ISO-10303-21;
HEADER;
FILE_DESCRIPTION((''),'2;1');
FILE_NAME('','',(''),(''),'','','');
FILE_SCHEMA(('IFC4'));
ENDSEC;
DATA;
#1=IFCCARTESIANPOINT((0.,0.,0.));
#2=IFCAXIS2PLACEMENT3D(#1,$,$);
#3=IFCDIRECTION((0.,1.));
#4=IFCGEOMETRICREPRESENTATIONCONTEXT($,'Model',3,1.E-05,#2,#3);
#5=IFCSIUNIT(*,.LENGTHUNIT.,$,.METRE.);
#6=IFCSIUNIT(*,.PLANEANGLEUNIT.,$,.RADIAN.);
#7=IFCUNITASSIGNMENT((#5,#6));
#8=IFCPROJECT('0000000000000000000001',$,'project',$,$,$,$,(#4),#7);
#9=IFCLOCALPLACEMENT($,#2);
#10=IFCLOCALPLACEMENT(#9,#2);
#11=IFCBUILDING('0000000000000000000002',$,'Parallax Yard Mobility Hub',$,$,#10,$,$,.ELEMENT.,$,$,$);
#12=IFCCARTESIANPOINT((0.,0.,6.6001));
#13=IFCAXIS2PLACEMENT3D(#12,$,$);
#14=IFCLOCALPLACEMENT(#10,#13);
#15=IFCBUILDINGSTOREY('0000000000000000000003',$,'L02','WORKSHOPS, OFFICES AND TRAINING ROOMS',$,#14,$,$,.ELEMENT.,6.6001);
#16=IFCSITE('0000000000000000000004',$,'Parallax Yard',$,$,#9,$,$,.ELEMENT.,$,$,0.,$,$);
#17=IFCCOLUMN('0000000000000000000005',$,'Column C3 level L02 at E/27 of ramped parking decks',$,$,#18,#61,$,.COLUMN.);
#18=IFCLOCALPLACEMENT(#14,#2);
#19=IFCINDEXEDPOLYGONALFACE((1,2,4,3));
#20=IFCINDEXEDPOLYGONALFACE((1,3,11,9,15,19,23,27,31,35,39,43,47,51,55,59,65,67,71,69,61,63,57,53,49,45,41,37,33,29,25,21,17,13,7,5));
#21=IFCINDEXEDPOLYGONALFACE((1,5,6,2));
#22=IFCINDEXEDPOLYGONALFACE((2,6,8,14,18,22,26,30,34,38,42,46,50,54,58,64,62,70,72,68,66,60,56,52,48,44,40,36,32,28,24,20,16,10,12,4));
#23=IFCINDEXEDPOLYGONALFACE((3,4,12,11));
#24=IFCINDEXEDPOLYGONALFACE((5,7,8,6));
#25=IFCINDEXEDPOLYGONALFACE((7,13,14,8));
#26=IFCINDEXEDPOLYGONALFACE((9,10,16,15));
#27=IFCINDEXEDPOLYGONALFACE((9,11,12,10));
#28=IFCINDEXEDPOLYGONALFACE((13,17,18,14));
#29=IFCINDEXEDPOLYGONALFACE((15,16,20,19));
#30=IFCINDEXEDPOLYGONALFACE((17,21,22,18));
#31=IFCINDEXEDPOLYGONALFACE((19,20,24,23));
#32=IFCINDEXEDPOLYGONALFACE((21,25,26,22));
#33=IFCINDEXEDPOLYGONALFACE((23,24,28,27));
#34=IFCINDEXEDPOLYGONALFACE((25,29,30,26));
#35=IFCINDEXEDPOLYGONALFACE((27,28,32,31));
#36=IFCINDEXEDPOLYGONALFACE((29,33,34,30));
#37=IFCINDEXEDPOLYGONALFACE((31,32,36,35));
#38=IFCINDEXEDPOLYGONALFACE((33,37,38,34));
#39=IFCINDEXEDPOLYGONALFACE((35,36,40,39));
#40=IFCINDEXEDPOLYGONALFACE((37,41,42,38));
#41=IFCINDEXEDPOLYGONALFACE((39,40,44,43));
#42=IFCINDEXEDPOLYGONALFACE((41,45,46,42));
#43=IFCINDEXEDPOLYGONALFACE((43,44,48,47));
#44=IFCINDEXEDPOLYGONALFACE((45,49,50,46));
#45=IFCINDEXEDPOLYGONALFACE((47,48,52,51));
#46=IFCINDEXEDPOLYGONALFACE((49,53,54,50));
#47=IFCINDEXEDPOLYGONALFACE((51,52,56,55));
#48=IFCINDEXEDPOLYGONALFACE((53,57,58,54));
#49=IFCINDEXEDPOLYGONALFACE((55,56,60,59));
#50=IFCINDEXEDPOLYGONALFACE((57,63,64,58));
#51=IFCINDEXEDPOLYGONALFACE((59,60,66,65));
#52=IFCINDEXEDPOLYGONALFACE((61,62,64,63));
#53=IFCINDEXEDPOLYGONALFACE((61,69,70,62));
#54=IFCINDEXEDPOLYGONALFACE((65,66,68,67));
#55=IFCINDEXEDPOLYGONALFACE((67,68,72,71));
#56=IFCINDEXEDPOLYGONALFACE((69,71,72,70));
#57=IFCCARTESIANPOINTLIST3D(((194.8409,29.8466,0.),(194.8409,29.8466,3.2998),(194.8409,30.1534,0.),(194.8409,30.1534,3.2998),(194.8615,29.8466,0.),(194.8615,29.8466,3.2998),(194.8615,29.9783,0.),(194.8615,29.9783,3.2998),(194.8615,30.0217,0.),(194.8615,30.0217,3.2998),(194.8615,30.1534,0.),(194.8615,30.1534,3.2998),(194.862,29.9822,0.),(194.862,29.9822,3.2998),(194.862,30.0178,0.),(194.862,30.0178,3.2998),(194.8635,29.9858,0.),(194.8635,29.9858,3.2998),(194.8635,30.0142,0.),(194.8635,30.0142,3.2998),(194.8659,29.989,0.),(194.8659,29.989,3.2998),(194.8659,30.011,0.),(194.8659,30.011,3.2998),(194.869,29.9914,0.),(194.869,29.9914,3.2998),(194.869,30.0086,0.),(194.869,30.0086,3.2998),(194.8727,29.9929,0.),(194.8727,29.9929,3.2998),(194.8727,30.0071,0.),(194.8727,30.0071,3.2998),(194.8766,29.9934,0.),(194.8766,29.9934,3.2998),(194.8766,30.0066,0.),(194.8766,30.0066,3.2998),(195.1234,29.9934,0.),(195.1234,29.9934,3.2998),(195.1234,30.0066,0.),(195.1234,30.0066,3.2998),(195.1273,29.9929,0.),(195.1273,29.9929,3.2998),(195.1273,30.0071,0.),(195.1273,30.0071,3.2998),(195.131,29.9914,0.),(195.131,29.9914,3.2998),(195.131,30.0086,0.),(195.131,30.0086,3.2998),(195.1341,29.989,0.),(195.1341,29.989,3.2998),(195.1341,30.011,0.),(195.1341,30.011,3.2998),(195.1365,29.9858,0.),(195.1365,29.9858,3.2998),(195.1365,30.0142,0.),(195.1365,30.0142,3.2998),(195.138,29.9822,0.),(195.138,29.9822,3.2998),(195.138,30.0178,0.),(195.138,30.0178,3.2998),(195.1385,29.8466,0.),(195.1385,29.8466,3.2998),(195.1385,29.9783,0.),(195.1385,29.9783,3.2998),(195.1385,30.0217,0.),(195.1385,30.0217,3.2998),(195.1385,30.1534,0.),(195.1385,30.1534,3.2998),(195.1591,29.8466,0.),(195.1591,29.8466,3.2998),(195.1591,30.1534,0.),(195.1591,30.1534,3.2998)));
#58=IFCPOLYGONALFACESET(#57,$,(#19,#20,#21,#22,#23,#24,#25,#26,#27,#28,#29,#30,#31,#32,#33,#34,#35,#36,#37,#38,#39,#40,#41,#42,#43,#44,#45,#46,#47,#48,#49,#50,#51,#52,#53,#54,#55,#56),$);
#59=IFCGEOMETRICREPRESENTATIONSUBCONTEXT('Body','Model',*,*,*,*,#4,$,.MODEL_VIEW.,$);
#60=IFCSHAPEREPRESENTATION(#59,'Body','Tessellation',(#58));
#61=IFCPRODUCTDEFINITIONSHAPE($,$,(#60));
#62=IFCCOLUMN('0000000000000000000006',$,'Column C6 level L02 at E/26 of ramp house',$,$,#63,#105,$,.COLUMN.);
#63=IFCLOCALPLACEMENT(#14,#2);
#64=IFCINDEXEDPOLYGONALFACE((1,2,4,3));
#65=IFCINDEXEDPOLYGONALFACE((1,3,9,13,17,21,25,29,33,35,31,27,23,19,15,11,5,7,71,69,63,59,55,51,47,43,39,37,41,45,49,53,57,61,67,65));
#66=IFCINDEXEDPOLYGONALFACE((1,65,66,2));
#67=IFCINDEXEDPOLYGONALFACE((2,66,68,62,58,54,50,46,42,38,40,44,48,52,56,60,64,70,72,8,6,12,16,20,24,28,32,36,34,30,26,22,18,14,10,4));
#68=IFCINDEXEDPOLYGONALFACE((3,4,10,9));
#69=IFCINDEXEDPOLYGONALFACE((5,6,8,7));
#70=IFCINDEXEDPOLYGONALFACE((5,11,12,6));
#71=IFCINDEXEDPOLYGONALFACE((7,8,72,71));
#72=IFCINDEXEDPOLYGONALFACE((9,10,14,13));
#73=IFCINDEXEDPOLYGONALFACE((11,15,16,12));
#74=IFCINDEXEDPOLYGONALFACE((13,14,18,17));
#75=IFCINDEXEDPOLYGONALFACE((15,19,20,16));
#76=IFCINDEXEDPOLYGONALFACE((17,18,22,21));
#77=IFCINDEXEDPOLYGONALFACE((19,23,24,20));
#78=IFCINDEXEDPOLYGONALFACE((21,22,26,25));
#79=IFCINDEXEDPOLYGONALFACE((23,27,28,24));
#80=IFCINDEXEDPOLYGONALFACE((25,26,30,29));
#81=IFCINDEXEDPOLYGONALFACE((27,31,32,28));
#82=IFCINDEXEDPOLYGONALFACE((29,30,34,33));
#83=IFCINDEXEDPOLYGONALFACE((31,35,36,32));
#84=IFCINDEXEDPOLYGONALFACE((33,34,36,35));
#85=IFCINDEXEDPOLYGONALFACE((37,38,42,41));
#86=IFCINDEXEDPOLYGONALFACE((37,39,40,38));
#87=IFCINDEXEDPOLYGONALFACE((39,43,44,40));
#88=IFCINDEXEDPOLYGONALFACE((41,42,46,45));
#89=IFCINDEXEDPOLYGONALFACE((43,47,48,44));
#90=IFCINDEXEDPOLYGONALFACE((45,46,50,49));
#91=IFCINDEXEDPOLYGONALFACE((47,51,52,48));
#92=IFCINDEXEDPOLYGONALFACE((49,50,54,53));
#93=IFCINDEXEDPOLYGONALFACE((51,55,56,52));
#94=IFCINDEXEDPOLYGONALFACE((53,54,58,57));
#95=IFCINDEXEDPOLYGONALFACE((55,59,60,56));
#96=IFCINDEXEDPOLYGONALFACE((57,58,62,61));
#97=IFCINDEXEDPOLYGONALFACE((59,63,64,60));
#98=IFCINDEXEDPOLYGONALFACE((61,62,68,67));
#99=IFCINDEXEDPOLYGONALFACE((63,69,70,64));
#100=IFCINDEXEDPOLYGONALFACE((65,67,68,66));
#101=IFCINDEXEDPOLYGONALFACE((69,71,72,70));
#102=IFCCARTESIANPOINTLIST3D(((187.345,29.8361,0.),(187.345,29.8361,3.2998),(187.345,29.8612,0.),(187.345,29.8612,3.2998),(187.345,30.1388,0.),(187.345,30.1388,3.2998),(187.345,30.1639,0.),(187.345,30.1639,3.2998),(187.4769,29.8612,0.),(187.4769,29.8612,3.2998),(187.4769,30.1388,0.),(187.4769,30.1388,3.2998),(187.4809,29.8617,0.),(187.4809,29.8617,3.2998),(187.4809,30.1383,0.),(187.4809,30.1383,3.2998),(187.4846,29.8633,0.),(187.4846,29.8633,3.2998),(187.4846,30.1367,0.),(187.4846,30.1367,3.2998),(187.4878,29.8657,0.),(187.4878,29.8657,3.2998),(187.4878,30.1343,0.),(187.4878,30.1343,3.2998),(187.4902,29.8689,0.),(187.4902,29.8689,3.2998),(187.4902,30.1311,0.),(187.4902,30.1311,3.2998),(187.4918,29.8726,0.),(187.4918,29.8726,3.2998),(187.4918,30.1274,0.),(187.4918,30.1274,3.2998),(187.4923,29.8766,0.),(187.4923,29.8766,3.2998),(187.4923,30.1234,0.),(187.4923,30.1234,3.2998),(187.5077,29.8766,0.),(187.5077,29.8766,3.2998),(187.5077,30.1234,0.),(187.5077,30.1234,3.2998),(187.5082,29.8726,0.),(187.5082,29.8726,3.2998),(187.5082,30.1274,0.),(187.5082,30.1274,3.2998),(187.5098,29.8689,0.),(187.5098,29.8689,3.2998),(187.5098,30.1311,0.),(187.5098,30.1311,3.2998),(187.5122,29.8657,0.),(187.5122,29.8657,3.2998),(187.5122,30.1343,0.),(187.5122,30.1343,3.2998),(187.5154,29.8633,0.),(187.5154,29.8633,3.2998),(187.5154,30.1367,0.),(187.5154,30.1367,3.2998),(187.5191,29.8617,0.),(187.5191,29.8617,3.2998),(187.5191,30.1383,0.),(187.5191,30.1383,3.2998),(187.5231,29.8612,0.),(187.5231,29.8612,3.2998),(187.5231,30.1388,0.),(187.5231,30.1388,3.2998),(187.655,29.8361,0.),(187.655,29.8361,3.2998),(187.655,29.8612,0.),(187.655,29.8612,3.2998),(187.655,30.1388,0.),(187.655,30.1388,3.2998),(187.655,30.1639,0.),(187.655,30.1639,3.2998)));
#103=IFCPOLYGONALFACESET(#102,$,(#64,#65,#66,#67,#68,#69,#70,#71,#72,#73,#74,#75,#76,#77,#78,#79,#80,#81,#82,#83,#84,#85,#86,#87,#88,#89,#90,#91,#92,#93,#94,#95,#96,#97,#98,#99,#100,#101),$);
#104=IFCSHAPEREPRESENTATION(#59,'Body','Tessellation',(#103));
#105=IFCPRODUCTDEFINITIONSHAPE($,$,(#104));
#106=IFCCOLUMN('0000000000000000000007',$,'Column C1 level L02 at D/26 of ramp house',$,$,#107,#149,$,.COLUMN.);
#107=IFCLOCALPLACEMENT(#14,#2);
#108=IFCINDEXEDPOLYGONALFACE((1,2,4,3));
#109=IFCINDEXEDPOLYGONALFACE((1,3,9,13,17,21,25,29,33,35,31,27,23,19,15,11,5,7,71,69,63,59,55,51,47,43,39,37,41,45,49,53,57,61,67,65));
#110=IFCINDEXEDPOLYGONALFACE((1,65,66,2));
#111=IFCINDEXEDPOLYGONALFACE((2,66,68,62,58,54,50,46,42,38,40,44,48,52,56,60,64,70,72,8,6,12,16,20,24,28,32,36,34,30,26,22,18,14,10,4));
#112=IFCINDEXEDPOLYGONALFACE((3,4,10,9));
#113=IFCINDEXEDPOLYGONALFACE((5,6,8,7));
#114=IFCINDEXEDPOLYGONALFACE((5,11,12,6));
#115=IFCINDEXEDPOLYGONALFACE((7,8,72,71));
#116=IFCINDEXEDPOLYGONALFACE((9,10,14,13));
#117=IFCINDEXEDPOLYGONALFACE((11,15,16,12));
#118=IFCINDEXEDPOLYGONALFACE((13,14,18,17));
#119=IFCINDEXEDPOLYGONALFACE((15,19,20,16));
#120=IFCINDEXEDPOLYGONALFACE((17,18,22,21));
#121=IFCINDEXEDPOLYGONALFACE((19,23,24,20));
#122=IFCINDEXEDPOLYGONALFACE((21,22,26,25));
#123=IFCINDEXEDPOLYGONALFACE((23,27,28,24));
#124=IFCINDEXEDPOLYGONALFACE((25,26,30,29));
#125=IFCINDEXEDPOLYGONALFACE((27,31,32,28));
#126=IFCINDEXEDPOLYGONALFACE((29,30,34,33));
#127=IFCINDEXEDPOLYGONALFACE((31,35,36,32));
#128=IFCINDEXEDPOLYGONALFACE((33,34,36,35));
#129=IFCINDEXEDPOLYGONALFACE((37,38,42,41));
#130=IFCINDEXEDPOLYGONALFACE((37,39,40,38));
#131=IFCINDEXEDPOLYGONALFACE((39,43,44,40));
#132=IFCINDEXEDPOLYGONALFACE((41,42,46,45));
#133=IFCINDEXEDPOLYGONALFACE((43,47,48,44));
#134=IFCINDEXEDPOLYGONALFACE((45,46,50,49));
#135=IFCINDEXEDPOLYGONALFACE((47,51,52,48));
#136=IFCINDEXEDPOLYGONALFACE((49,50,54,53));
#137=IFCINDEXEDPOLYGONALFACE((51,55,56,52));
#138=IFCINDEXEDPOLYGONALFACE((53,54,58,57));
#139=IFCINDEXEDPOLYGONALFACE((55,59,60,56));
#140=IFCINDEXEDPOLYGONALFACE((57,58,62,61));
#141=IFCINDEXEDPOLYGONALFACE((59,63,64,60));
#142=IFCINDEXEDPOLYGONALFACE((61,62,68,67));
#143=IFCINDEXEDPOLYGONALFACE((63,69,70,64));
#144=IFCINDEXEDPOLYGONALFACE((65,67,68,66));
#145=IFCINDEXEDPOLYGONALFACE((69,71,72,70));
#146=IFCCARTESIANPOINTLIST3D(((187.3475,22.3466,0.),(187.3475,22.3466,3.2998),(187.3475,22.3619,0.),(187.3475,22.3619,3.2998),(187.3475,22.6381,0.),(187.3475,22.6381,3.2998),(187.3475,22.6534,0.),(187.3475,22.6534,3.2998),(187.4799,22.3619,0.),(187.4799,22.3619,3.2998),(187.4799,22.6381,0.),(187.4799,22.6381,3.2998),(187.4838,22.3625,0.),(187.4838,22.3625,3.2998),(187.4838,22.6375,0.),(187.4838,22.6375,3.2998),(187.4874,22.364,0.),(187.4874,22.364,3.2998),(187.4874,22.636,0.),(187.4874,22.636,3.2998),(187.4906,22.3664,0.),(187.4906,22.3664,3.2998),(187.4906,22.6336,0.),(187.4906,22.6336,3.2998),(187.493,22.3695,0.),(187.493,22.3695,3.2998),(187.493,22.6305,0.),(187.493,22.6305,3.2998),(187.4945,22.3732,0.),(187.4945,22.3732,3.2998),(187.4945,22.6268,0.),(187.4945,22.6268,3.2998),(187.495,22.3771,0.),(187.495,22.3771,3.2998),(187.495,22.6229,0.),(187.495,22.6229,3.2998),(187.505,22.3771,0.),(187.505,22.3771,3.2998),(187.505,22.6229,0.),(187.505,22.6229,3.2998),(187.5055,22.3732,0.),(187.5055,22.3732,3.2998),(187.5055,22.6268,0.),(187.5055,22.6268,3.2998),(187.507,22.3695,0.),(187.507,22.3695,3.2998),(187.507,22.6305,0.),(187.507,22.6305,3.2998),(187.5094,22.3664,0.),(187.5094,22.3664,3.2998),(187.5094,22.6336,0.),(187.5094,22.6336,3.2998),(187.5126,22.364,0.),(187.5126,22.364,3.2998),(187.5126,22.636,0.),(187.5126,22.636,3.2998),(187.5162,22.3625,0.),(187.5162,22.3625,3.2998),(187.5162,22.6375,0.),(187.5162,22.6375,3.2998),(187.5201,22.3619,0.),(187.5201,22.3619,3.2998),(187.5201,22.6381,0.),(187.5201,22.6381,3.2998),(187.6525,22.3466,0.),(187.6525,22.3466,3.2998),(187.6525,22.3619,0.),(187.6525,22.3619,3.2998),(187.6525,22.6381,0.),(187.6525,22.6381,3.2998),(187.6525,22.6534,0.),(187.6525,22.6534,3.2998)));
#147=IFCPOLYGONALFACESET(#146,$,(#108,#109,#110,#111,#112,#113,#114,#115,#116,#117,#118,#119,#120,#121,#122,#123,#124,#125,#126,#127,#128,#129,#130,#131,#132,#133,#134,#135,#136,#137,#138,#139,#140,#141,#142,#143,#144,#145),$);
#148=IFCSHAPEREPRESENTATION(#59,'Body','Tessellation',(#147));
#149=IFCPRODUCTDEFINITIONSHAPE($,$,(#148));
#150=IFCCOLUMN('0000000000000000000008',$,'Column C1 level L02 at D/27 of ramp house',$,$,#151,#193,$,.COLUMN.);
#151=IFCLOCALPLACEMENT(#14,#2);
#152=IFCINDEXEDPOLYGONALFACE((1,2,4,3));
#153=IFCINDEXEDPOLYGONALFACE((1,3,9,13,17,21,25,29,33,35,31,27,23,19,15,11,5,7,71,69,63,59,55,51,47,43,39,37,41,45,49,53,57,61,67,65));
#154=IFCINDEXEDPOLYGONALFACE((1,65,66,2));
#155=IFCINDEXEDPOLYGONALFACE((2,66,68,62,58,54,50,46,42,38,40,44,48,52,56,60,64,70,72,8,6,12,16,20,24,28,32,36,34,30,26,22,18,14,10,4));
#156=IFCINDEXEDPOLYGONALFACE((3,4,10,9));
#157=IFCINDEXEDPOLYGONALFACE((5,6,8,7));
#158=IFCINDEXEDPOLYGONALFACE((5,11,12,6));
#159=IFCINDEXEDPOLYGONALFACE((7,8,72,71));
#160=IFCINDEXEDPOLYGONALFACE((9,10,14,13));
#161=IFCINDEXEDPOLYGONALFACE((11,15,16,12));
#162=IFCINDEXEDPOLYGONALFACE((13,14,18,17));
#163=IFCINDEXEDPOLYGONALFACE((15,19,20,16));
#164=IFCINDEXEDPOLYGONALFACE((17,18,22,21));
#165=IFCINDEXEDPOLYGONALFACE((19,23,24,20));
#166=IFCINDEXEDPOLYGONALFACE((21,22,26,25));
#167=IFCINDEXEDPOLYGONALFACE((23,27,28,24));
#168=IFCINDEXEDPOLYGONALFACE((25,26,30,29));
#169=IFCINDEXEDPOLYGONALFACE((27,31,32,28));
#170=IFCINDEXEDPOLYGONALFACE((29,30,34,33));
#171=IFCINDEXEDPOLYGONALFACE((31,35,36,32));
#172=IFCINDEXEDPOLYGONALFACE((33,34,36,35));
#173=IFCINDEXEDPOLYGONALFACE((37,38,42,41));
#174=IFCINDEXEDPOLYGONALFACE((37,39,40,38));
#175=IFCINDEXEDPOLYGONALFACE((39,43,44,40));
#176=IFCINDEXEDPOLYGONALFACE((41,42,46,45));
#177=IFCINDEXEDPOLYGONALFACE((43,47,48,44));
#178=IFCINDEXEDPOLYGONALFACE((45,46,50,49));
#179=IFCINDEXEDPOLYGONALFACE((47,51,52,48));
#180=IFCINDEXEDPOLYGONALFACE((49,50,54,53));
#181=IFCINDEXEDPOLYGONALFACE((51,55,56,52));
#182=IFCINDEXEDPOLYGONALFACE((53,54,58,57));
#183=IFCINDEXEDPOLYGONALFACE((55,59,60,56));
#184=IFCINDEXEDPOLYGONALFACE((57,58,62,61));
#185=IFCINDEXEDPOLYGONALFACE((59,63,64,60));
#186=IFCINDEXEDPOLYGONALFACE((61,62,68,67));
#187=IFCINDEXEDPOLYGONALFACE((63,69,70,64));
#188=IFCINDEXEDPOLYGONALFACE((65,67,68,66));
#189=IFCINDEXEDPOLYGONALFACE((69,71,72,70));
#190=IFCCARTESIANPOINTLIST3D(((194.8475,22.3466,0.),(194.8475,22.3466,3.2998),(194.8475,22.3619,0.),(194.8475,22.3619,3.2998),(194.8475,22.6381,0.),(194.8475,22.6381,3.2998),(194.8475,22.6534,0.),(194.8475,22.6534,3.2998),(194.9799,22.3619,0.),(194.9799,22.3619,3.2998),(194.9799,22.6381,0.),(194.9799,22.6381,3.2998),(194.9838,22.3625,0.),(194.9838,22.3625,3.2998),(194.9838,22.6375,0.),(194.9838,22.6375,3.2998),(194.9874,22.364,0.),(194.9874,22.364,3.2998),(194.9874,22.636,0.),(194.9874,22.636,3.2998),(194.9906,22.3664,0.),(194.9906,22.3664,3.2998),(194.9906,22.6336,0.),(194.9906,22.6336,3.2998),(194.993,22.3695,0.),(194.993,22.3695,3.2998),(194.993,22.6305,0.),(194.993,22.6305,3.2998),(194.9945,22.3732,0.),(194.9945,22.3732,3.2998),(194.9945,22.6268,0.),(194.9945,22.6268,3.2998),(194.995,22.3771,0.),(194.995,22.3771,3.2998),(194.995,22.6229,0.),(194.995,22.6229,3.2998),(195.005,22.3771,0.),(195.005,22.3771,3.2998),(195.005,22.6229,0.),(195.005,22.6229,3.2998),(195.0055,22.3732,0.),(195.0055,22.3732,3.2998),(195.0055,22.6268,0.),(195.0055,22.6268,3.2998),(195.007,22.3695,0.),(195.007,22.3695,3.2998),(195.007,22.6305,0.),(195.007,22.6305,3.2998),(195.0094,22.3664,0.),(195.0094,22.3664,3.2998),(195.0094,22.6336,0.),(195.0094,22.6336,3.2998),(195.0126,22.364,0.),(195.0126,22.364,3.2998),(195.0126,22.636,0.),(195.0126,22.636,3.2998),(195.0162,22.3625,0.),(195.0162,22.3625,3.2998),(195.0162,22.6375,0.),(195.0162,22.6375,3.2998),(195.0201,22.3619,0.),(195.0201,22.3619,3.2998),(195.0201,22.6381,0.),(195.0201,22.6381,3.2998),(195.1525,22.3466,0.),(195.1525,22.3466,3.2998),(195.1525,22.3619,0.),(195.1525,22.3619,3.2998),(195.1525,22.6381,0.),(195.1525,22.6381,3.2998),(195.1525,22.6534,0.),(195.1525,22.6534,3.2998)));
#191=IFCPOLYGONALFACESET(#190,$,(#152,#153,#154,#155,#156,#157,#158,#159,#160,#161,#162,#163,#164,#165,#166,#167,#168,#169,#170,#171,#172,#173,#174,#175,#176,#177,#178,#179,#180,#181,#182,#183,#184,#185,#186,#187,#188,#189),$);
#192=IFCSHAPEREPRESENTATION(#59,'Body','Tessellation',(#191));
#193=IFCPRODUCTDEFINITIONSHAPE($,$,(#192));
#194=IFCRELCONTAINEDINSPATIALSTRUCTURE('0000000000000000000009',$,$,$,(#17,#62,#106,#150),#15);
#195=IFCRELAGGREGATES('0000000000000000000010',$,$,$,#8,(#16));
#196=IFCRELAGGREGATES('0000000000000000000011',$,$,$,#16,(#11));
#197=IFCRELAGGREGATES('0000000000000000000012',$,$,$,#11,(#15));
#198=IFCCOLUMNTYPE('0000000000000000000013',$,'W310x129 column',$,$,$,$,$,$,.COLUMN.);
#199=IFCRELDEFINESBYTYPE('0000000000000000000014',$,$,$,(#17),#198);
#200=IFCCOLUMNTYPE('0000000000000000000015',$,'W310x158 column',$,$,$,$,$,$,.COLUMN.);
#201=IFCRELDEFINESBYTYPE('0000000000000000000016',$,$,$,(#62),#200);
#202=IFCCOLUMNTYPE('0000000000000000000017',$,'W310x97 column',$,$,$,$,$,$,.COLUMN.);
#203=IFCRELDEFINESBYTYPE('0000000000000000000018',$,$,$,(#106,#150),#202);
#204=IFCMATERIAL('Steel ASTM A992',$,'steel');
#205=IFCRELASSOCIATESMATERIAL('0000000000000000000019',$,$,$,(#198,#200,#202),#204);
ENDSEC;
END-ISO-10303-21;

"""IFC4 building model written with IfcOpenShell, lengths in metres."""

from ifc_helpers import new_model, si_unit, direction, frame, origin, origin_2d, place, context, subcontext, project, spatial, i_section, extrude, material, material_profile, profile_set, type_object, element, save


model = new_model("IFC4")

# Units and contexts
model_context = context("Model", 3, precision=1e-05, world=origin(), true_north=direction((0.0, 1.0)))
body_context = subcontext(model_context, "Body", "Model", "MODEL_VIEW")
ifc_project = project(units=[si_unit("LENGTHUNIT", "METRE"), si_unit("PLANEANGLEUNIT", "RADIAN")], contexts=[model_context])

# Site, building, storey
site_placement = place(None, origin())
site = spatial("IfcSite", under=ifc_project, at=site_placement, Name="Parallax Yard", CompositionType="ELEMENT", RefElevation=0.0)
building_placement = place(site_placement, origin())
building = spatial("IfcBuilding", under=site, at=building_placement, Name="Parallax Yard Mobility Hub", CompositionType="ELEMENT")
storey_placement = place(building_placement, frame((0.0, 0.0, 6.6001)))
storey = spatial("IfcBuildingStorey", under=building, at=storey_placement, Name="L02", Description="WORKSHOPS, OFFICES AND TRAINING ROOMS", CompositionType="ELEMENT", Elevation=6.6001)

# Columns
ifc_material_1 = material(Name="Steel ASTM A992", Category="steel")
ifc_material_profile_1 = material_profile(ifc_material_1, i_section(OverallWidth=0.3069, OverallDepth=0.3181, WebThickness=0.0132, FlangeThickness=0.0205, FilletRadius=0.0151, at=origin_2d()), Name="W310x129")
ifc_profile_set_1 = profile_set([ifc_material_profile_1], Name="Steel ASTM A992")
column_type_1 = type_object("IfcColumnType", Name="W310x129 column", PredefinedType="COLUMN", material=ifc_profile_set_1)
column_1_placement = place(storey_placement, frame((195.0, 30.0, 0.0), z_axis=(0.0, 0.0, 1.0), x_axis=(0.0, 1.0, 0.0)))
element("IfcColumn", 1, at=column_1_placement, inside=storey, type_object=column_type_1, Name="Column C3 level L02 at E/27 of ramped parking decks", PredefinedType="COLUMN", context=body_context, shape_type="SweptSolid", body=[
    extrude(i_section(OverallWidth=0.3069, OverallDepth=0.3181, WebThickness=0.0132, FlangeThickness=0.0205, FilletRadius=0.0151, at=origin_2d()), origin(), (0.0, 0.0, 1.0), 3.2998),
])
ifc_material_profile_2 = material_profile(ifc_material_1, i_section(OverallWidth=0.3101, OverallDepth=0.3279, WebThickness=0.0154, FlangeThickness=0.0251, FilletRadius=0.0154, at=origin_2d()), Name="W310x158")
ifc_profile_set_2 = profile_set([ifc_material_profile_2], Name="Steel ASTM A992")
column_type_2 = type_object("IfcColumnType", Name="W310x158 column", PredefinedType="COLUMN", material=ifc_profile_set_2)
column_2_placement = place(storey_placement, frame((187.5, 30.0, 0.0), z_axis=(0.0, 0.0, 1.0), x_axis=(1.0, 0.0, 0.0)))
element("IfcColumn", 2, at=column_2_placement, inside=storey, type_object=column_type_2, Name="Column C6 level L02 at E/26 of ramp house", PredefinedType="COLUMN", context=body_context, shape_type="SweptSolid", body=[
    extrude(i_section(OverallWidth=0.3101, OverallDepth=0.3279, WebThickness=0.0154, FlangeThickness=0.0251, FilletRadius=0.0154, at=origin_2d()), origin(), (0.0, 0.0, 1.0), 3.2998),
])
ifc_material_profile_3 = material_profile(ifc_material_1, i_section(OverallWidth=0.3049, OverallDepth=0.3069, WebThickness=0.01, FlangeThickness=0.0154, FilletRadius=0.0151, at=origin_2d()), Name="W310x97")
ifc_profile_set_3 = profile_set([ifc_material_profile_3], Name="Steel ASTM A992")
column_type_3 = type_object("IfcColumnType", Name="W310x97 column", PredefinedType="COLUMN", material=ifc_profile_set_3)
for number, where, z_axis, x_axis, name in (
    (3, (187.5, 22.5, 0.0), (0.0, 0.0, 1.0), (1.0, 0.0, 0.0), "Column C1 level L02 at D/26 of ramp house"),
    (4, (195.0, 22.5, 0.0), (0.0, 0.0, 1.0), (1.0, 0.0, 0.0), "Column C1 level L02 at D/27 of ramp house"),
):
    element("IfcColumn", number, at=place(storey_placement, frame(where, z_axis=z_axis, x_axis=x_axis)), inside=storey, type_object=column_type_3, Name=name, PredefinedType="COLUMN", context=body_context, shape_type="SweptSolid", body=[
        extrude(i_section(OverallWidth=0.3049, OverallDepth=0.3069, WebThickness=0.01, FlangeThickness=0.0154, FilletRadius=0.0151, at=origin_2d()), origin(), (0.0, 0.0, 1.0), 3.2998),
    ])

save(model, "model.ifc")
